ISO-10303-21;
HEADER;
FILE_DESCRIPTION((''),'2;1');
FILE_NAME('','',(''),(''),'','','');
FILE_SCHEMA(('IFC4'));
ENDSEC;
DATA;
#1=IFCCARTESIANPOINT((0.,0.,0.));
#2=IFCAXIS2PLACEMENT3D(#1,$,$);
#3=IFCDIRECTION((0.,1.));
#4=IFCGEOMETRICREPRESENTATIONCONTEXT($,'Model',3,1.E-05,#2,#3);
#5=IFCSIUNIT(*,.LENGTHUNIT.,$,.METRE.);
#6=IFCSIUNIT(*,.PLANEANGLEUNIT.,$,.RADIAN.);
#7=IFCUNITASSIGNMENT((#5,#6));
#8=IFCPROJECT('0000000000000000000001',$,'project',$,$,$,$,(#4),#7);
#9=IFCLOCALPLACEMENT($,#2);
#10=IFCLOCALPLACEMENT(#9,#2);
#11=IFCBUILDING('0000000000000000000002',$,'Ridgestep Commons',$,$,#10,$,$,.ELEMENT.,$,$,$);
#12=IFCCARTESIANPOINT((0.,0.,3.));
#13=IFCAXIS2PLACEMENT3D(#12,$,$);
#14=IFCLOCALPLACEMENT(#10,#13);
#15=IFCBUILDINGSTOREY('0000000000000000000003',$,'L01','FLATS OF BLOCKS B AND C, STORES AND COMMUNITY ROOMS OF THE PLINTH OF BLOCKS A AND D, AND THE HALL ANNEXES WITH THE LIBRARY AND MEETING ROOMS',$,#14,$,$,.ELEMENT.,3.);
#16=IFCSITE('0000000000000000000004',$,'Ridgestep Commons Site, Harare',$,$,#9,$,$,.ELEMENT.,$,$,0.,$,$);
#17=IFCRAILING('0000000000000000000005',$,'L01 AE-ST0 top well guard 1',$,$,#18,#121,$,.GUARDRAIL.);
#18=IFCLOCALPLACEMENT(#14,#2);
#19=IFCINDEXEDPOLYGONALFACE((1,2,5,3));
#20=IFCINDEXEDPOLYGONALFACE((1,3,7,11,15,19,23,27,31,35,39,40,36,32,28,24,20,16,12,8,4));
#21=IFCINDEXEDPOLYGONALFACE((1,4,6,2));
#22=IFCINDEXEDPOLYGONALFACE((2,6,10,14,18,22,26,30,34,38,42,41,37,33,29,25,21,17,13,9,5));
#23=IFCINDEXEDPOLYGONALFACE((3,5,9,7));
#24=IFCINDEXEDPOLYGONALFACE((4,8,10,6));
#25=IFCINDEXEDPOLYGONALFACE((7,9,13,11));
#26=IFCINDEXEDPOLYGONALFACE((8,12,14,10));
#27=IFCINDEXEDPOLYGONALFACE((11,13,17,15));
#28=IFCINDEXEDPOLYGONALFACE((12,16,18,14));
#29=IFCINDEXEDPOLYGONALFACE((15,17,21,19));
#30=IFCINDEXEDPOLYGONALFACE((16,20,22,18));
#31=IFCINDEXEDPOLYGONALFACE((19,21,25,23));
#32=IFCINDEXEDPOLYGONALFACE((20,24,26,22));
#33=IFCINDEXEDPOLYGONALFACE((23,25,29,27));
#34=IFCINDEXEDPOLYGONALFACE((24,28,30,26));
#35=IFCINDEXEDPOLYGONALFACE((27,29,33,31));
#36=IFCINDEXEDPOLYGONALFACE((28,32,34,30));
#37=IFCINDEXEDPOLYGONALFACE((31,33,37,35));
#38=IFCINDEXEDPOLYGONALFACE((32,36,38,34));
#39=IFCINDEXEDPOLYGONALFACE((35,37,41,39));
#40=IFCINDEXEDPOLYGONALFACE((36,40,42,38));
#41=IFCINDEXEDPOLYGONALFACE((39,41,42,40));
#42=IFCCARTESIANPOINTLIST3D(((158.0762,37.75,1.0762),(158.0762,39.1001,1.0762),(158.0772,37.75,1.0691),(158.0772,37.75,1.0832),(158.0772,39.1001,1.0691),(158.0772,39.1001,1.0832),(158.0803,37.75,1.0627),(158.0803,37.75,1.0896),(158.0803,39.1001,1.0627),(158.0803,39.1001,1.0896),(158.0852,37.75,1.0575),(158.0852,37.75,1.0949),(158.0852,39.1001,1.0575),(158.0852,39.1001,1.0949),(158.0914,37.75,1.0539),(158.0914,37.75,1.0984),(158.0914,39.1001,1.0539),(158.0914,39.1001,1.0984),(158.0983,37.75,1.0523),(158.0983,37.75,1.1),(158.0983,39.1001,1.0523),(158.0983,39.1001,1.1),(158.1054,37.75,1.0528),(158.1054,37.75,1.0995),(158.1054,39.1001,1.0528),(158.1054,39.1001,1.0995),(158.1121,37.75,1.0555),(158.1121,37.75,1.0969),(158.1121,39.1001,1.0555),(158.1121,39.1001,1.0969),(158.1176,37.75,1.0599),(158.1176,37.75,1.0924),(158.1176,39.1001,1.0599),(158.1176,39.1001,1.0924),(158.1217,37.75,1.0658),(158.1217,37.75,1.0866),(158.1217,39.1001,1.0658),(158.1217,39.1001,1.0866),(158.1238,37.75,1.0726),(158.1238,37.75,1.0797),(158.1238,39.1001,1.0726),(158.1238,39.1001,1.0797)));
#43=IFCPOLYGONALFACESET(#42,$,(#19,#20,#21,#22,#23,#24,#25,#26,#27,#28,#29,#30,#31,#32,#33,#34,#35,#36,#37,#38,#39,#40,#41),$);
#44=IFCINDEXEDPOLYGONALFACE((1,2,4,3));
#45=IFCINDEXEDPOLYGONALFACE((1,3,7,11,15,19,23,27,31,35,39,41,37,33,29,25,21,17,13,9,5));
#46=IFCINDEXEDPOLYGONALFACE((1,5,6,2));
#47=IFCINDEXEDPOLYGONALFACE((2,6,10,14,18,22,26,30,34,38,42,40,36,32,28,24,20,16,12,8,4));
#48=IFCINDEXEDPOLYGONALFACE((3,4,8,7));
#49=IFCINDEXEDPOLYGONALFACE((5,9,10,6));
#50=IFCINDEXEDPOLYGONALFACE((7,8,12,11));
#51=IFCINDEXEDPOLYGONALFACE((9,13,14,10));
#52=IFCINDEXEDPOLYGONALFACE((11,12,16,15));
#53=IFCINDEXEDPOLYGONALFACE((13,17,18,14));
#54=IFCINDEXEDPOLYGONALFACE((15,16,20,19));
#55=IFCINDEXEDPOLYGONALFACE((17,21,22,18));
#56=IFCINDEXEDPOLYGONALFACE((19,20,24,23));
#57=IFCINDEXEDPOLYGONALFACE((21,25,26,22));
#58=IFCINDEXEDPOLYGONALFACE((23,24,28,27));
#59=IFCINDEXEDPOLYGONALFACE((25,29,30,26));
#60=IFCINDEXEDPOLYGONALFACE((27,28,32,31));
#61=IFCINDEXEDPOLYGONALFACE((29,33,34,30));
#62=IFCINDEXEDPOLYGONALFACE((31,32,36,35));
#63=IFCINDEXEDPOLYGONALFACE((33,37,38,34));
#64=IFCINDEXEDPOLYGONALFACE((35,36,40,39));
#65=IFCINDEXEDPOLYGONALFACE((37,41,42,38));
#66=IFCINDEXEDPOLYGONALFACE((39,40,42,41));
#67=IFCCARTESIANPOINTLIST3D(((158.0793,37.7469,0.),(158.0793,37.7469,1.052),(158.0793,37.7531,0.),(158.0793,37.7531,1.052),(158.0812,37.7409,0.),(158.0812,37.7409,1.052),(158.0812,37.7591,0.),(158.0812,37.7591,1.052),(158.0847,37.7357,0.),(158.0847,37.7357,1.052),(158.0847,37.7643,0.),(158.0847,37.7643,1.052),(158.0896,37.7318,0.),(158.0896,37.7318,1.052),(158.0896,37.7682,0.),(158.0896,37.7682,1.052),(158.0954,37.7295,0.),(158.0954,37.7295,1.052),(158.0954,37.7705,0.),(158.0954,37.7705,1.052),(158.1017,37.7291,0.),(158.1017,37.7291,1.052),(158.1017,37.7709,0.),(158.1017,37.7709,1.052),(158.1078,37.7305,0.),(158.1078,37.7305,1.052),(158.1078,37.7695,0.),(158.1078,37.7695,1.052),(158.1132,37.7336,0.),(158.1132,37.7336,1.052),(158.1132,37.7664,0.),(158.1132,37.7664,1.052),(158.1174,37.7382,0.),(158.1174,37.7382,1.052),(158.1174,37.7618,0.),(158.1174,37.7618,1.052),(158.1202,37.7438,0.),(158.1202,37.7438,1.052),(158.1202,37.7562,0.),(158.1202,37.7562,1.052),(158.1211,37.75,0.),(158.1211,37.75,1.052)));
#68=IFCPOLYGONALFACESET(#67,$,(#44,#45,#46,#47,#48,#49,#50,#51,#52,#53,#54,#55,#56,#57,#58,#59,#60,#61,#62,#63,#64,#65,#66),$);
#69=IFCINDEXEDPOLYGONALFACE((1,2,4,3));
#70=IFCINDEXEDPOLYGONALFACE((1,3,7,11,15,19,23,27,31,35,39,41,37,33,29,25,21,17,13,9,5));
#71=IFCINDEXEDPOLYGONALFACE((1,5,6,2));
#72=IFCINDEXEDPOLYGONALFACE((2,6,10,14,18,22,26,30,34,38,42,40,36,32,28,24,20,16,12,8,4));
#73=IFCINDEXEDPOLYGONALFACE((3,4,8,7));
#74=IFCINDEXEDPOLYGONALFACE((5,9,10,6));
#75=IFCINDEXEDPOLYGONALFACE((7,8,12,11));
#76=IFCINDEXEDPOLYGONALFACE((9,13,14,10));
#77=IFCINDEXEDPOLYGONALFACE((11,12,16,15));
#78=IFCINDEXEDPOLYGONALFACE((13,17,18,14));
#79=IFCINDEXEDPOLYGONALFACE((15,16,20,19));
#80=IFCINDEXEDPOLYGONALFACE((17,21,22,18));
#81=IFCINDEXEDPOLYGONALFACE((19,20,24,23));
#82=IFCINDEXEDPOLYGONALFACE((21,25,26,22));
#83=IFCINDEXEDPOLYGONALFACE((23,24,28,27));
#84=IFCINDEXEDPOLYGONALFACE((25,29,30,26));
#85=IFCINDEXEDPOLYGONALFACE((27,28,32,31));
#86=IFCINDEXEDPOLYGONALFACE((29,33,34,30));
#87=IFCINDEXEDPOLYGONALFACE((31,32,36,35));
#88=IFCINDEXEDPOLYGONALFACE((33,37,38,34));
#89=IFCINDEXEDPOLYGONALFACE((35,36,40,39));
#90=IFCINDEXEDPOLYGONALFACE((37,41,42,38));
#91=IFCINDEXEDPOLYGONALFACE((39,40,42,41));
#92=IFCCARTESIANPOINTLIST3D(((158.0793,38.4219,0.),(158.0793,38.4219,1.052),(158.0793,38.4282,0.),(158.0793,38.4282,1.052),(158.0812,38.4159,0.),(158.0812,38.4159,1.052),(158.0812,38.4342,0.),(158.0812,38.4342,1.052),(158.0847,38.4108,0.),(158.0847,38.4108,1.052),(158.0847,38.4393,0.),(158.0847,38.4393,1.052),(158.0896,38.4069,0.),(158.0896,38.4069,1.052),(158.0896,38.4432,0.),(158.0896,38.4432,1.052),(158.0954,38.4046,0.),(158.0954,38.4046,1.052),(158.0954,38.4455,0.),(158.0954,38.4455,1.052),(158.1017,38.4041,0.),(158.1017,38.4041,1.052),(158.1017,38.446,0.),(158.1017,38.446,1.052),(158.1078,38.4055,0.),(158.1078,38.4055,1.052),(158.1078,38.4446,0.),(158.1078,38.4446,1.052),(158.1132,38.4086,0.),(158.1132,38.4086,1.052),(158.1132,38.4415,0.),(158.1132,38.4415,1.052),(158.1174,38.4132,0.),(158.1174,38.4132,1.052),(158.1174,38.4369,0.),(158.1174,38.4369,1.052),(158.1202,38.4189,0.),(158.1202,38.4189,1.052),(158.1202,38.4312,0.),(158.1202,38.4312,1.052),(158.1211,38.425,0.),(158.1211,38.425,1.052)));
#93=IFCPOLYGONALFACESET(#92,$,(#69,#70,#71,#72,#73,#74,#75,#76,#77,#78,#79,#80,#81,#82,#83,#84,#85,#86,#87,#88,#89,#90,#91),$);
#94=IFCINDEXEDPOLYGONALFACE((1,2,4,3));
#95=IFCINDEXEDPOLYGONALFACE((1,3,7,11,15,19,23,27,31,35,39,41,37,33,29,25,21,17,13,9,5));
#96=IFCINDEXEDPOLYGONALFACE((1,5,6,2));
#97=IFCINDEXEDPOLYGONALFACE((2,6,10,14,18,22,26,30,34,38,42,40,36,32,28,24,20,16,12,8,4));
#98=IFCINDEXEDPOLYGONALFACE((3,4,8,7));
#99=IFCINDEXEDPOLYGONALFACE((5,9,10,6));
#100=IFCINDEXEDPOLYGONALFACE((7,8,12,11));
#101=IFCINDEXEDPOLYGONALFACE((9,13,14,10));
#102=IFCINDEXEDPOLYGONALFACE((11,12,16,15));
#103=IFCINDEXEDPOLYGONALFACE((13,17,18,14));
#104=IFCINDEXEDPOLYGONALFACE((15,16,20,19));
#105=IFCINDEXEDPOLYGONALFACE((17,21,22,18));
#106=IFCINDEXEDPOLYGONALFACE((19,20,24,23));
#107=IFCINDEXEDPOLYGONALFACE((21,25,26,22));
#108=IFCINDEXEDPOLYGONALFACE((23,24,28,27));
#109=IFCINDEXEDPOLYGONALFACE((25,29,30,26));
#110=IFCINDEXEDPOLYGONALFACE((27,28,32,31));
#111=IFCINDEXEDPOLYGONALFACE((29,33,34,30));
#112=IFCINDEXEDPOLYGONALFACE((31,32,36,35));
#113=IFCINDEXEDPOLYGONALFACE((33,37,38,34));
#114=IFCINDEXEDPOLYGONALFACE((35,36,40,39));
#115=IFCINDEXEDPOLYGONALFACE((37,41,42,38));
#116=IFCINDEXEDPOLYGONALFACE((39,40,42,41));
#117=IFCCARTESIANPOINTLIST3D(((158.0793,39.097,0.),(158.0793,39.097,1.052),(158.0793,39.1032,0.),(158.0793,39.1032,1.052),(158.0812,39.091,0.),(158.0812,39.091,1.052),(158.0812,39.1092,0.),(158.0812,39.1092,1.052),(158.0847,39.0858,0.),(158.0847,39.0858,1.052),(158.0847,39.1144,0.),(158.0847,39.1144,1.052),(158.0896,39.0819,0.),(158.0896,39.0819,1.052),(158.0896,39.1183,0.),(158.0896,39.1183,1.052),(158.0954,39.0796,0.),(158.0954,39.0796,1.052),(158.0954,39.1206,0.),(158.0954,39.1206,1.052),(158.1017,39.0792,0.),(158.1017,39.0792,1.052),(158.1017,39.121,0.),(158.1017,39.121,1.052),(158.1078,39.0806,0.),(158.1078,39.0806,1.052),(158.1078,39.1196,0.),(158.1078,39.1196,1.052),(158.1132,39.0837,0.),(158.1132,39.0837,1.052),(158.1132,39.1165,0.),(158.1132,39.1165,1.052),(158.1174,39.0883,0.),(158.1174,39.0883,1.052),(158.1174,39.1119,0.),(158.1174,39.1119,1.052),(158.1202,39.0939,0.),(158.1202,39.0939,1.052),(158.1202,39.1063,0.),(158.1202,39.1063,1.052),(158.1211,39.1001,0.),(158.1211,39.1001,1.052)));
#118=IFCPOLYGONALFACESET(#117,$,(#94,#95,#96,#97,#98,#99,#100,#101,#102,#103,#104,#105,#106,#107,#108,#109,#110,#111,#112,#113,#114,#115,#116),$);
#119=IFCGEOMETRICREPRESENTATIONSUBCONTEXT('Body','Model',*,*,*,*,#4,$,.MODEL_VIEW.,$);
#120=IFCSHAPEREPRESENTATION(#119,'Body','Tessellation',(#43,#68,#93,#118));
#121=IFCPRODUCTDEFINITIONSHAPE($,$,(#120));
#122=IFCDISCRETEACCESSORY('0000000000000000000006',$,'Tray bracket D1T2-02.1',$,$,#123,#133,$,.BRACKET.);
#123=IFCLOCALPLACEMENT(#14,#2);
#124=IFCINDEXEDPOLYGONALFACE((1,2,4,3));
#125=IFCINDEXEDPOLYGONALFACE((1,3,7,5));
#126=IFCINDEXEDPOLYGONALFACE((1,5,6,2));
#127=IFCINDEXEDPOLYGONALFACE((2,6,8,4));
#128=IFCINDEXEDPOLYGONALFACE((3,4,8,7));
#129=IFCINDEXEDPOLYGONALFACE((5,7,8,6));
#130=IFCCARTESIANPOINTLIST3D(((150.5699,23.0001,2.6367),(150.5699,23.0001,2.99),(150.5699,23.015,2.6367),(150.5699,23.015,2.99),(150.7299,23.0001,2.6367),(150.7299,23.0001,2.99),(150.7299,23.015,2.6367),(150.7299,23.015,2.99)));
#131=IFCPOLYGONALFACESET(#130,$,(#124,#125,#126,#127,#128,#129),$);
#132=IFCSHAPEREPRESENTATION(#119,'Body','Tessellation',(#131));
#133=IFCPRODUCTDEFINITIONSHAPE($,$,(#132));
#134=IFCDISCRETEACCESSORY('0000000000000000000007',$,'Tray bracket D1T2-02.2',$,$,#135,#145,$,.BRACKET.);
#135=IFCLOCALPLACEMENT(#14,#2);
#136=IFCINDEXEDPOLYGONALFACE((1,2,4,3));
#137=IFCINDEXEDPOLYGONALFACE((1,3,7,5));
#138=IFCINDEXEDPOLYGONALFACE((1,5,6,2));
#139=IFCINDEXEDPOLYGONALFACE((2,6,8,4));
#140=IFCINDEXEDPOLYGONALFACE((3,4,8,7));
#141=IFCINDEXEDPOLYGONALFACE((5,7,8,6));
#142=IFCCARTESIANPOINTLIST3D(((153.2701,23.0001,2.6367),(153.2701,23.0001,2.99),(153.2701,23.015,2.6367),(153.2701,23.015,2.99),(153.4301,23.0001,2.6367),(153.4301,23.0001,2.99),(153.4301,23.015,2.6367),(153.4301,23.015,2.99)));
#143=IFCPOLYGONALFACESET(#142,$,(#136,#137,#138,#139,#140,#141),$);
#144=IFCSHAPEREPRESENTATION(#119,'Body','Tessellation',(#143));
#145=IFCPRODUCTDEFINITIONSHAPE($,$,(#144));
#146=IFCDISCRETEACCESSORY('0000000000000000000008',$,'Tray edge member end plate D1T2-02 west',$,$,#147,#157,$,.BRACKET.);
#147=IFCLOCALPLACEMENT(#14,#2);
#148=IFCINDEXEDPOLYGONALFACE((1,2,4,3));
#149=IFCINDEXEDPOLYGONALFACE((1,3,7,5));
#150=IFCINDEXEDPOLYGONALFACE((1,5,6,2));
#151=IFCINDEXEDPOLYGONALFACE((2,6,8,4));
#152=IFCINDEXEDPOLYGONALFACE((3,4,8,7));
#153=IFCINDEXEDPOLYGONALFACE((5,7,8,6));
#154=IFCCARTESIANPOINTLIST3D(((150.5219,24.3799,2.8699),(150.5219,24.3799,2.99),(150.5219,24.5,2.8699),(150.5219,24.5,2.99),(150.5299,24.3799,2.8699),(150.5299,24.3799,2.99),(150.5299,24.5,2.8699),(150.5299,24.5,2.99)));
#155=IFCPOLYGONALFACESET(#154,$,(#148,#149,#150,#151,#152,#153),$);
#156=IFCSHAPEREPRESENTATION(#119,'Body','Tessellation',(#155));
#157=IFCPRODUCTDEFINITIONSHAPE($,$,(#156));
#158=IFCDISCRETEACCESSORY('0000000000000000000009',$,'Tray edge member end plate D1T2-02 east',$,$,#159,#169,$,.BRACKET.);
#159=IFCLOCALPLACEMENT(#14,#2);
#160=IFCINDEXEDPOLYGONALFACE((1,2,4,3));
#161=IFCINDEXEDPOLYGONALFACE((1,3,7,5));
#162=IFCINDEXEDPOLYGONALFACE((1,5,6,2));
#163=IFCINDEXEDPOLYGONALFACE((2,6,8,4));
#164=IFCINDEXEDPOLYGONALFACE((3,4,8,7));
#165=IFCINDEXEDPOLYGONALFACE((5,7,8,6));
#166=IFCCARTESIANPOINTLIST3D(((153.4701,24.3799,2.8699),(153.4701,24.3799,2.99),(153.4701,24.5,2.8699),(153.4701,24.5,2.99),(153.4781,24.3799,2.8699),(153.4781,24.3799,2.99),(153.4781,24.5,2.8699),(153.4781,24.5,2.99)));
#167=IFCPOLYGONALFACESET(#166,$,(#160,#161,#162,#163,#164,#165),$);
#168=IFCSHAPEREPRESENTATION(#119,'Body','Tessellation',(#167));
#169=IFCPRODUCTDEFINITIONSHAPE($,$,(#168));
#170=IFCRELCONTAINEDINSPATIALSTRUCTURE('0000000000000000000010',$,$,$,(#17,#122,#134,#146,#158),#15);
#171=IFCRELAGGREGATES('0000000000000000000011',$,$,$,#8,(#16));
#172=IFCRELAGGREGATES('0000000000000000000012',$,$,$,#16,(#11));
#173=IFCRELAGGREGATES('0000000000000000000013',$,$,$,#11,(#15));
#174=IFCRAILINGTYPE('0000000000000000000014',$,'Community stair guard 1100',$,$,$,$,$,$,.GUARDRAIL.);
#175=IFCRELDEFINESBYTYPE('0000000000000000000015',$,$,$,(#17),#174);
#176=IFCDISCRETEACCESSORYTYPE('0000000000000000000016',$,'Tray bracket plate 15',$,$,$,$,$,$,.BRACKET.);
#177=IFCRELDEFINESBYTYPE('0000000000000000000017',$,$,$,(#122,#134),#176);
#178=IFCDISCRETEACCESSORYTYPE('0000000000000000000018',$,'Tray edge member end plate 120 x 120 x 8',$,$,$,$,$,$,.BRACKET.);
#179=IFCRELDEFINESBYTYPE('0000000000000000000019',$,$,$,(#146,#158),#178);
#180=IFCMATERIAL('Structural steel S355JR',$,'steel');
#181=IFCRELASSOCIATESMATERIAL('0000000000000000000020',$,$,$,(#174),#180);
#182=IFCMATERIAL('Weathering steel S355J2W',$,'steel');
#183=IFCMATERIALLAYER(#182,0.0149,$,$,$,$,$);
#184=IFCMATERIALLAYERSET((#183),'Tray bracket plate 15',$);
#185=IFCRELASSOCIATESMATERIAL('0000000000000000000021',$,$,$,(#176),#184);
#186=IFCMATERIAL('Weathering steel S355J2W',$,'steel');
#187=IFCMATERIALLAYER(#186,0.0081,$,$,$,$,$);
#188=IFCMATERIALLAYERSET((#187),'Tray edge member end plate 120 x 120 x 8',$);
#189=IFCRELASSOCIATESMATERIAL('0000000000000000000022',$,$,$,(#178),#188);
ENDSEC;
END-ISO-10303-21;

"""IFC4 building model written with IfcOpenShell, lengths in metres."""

from ifc_helpers import new_model, si_unit, direction, frame, origin, origin_2d, place, context, subcontext, project, spatial, rectangle, circle, extrude, material, layer, layer_set, type_object, element, save


model = new_model("IFC4")

# Units and contexts
model_context = context("Model", 3, precision=1e-05, world=origin(), true_north=direction((0.0, 1.0)))
body_context = subcontext(model_context, "Body", "Model", "MODEL_VIEW")
ifc_project = project(units=[si_unit("LENGTHUNIT", "METRE"), si_unit("PLANEANGLEUNIT", "RADIAN")], contexts=[model_context])

# Site, building, storey
site_placement = place(None, origin())
site = spatial("IfcSite", under=ifc_project, at=site_placement, Name="Ridgestep Commons Site, Harare", CompositionType="ELEMENT", RefElevation=0.0)
building_placement = place(site_placement, origin())
building = spatial("IfcBuilding", under=site, at=building_placement, Name="Ridgestep Commons", CompositionType="ELEMENT")
storey_placement = place(building_placement, frame((0.0, 0.0, 3.0)))
storey = spatial("IfcBuildingStorey", under=building, at=storey_placement, Name="L01", Description="FLATS OF BLOCKS B AND C, STORES AND COMMUNITY ROOMS OF THE PLINTH OF BLOCKS A AND D, AND THE HALL ANNEXES WITH THE LIBRARY AND MEETING ROOMS", CompositionType="ELEMENT", Elevation=3.0)

# Railing
ifc_material_1 = material(Name="Structural steel S355JR", Category="steel")
railing_type = type_object("IfcRailingType", Name="Community stair guard 1100", PredefinedType="GUARDRAIL", material=ifc_material_1)
railing_placement = place(storey_placement, frame((158.1001, 37.75, 0.0)))
element("IfcRailing", 1, at=railing_placement, inside=storey, type_object=railing_type, Name="L01 AE-ST0 top well guard 1", PredefinedType="GUARDRAIL", context=body_context, shape_type="SweptSolid", body=[
    extrude(circle(Radius=0.0239, at=origin_2d()), frame((0.0, 0.0, 1.0762), z_axis=(0.0, 1.0, 0.0), x_axis=(-1.0, 0.0, 0.0)), (0.0, 0.0, 1.0), 1.3501),
    extrude(circle(Radius=0.021, at=origin_2d()), origin(), (0.0, 0.0, 1.0), 1.052),
    extrude(circle(Radius=0.021, at=origin_2d()), frame((0.0, 0.675, 0.0)), (0.0, 0.0, 1.0), 1.052),
    extrude(circle(Radius=0.021, at=origin_2d()), frame((0.0, 1.3501, 0.0)), (0.0, 0.0, 1.0), 1.052),
])

# Discrete accessories
ifc_material_2 = material(Name="Weathering steel S355J2W", Category="steel")
ifc_layer_1 = layer(ifc_material_2, 0.0149)
ifc_layer_set_1 = layer_set([ifc_layer_1], Name="Tray bracket plate 15")
discrete_accessory_type_1 = type_object("IfcDiscreteAccessoryType", Name="Tray bracket plate 15", PredefinedType="BRACKET", material=ifc_layer_set_1)
for number, where, z_axis, x_axis, name in (
    (2, (150.6499, 23.0076, 2.6367), (0.0, 0.0, 1.0), (1.0, 0.0, 0.0), "Tray bracket D1T2-02.1"),
    (3, (153.3501, 23.0076, 2.6367), (0.0, 0.0, 1.0), (1.0, 0.0, 0.0), "Tray bracket D1T2-02.2"),
):
    element("IfcDiscreteAccessory", number, at=place(storey_placement, frame(where, z_axis=z_axis, x_axis=x_axis)), inside=storey, type_object=discrete_accessory_type_1, Name=name, PredefinedType="BRACKET", context=body_context, shape_type="SweptSolid", body=[
        extrude(rectangle(XDim=0.1599, YDim=0.0149, at=origin_2d()), origin(), (0.0, 0.0, 1.0), 0.3533),
    ])
ifc_material_3 = material(Name="Weathering steel S355J2W", Category="steel")
ifc_layer_2 = layer(ifc_material_3, 0.0081)
ifc_layer_set_2 = layer_set([ifc_layer_2], Name="Tray edge member end plate 120 x 120 x 8")
discrete_accessory_type_2 = type_object("IfcDiscreteAccessoryType", Name="Tray edge member end plate 120 x 120 x 8", PredefinedType="BRACKET", material=ifc_layer_set_2)
for number, where, z_axis, x_axis, name in (
    (4, (150.5259, 24.4399, 2.8699), (0.0, 0.0, 1.0), (1.0, 0.0, 0.0), "Tray edge member end plate D1T2-02 west"),
    (5, (153.4741, 24.4399, 2.8699), (0.0, 0.0, 1.0), (1.0, 0.0, 0.0), "Tray edge member end plate D1T2-02 east"),
):
    element("IfcDiscreteAccessory", number, at=place(storey_placement, frame(where, z_axis=z_axis, x_axis=x_axis)), inside=storey, type_object=discrete_accessory_type_2, Name=name, PredefinedType="BRACKET", context=body_context, shape_type="SweptSolid", body=[
        extrude(rectangle(XDim=0.0081, YDim=0.1201, at=origin_2d()), origin(), (0.0, 0.0, 1.0), 0.1201),
    ])

save(model, "model.ifc")
